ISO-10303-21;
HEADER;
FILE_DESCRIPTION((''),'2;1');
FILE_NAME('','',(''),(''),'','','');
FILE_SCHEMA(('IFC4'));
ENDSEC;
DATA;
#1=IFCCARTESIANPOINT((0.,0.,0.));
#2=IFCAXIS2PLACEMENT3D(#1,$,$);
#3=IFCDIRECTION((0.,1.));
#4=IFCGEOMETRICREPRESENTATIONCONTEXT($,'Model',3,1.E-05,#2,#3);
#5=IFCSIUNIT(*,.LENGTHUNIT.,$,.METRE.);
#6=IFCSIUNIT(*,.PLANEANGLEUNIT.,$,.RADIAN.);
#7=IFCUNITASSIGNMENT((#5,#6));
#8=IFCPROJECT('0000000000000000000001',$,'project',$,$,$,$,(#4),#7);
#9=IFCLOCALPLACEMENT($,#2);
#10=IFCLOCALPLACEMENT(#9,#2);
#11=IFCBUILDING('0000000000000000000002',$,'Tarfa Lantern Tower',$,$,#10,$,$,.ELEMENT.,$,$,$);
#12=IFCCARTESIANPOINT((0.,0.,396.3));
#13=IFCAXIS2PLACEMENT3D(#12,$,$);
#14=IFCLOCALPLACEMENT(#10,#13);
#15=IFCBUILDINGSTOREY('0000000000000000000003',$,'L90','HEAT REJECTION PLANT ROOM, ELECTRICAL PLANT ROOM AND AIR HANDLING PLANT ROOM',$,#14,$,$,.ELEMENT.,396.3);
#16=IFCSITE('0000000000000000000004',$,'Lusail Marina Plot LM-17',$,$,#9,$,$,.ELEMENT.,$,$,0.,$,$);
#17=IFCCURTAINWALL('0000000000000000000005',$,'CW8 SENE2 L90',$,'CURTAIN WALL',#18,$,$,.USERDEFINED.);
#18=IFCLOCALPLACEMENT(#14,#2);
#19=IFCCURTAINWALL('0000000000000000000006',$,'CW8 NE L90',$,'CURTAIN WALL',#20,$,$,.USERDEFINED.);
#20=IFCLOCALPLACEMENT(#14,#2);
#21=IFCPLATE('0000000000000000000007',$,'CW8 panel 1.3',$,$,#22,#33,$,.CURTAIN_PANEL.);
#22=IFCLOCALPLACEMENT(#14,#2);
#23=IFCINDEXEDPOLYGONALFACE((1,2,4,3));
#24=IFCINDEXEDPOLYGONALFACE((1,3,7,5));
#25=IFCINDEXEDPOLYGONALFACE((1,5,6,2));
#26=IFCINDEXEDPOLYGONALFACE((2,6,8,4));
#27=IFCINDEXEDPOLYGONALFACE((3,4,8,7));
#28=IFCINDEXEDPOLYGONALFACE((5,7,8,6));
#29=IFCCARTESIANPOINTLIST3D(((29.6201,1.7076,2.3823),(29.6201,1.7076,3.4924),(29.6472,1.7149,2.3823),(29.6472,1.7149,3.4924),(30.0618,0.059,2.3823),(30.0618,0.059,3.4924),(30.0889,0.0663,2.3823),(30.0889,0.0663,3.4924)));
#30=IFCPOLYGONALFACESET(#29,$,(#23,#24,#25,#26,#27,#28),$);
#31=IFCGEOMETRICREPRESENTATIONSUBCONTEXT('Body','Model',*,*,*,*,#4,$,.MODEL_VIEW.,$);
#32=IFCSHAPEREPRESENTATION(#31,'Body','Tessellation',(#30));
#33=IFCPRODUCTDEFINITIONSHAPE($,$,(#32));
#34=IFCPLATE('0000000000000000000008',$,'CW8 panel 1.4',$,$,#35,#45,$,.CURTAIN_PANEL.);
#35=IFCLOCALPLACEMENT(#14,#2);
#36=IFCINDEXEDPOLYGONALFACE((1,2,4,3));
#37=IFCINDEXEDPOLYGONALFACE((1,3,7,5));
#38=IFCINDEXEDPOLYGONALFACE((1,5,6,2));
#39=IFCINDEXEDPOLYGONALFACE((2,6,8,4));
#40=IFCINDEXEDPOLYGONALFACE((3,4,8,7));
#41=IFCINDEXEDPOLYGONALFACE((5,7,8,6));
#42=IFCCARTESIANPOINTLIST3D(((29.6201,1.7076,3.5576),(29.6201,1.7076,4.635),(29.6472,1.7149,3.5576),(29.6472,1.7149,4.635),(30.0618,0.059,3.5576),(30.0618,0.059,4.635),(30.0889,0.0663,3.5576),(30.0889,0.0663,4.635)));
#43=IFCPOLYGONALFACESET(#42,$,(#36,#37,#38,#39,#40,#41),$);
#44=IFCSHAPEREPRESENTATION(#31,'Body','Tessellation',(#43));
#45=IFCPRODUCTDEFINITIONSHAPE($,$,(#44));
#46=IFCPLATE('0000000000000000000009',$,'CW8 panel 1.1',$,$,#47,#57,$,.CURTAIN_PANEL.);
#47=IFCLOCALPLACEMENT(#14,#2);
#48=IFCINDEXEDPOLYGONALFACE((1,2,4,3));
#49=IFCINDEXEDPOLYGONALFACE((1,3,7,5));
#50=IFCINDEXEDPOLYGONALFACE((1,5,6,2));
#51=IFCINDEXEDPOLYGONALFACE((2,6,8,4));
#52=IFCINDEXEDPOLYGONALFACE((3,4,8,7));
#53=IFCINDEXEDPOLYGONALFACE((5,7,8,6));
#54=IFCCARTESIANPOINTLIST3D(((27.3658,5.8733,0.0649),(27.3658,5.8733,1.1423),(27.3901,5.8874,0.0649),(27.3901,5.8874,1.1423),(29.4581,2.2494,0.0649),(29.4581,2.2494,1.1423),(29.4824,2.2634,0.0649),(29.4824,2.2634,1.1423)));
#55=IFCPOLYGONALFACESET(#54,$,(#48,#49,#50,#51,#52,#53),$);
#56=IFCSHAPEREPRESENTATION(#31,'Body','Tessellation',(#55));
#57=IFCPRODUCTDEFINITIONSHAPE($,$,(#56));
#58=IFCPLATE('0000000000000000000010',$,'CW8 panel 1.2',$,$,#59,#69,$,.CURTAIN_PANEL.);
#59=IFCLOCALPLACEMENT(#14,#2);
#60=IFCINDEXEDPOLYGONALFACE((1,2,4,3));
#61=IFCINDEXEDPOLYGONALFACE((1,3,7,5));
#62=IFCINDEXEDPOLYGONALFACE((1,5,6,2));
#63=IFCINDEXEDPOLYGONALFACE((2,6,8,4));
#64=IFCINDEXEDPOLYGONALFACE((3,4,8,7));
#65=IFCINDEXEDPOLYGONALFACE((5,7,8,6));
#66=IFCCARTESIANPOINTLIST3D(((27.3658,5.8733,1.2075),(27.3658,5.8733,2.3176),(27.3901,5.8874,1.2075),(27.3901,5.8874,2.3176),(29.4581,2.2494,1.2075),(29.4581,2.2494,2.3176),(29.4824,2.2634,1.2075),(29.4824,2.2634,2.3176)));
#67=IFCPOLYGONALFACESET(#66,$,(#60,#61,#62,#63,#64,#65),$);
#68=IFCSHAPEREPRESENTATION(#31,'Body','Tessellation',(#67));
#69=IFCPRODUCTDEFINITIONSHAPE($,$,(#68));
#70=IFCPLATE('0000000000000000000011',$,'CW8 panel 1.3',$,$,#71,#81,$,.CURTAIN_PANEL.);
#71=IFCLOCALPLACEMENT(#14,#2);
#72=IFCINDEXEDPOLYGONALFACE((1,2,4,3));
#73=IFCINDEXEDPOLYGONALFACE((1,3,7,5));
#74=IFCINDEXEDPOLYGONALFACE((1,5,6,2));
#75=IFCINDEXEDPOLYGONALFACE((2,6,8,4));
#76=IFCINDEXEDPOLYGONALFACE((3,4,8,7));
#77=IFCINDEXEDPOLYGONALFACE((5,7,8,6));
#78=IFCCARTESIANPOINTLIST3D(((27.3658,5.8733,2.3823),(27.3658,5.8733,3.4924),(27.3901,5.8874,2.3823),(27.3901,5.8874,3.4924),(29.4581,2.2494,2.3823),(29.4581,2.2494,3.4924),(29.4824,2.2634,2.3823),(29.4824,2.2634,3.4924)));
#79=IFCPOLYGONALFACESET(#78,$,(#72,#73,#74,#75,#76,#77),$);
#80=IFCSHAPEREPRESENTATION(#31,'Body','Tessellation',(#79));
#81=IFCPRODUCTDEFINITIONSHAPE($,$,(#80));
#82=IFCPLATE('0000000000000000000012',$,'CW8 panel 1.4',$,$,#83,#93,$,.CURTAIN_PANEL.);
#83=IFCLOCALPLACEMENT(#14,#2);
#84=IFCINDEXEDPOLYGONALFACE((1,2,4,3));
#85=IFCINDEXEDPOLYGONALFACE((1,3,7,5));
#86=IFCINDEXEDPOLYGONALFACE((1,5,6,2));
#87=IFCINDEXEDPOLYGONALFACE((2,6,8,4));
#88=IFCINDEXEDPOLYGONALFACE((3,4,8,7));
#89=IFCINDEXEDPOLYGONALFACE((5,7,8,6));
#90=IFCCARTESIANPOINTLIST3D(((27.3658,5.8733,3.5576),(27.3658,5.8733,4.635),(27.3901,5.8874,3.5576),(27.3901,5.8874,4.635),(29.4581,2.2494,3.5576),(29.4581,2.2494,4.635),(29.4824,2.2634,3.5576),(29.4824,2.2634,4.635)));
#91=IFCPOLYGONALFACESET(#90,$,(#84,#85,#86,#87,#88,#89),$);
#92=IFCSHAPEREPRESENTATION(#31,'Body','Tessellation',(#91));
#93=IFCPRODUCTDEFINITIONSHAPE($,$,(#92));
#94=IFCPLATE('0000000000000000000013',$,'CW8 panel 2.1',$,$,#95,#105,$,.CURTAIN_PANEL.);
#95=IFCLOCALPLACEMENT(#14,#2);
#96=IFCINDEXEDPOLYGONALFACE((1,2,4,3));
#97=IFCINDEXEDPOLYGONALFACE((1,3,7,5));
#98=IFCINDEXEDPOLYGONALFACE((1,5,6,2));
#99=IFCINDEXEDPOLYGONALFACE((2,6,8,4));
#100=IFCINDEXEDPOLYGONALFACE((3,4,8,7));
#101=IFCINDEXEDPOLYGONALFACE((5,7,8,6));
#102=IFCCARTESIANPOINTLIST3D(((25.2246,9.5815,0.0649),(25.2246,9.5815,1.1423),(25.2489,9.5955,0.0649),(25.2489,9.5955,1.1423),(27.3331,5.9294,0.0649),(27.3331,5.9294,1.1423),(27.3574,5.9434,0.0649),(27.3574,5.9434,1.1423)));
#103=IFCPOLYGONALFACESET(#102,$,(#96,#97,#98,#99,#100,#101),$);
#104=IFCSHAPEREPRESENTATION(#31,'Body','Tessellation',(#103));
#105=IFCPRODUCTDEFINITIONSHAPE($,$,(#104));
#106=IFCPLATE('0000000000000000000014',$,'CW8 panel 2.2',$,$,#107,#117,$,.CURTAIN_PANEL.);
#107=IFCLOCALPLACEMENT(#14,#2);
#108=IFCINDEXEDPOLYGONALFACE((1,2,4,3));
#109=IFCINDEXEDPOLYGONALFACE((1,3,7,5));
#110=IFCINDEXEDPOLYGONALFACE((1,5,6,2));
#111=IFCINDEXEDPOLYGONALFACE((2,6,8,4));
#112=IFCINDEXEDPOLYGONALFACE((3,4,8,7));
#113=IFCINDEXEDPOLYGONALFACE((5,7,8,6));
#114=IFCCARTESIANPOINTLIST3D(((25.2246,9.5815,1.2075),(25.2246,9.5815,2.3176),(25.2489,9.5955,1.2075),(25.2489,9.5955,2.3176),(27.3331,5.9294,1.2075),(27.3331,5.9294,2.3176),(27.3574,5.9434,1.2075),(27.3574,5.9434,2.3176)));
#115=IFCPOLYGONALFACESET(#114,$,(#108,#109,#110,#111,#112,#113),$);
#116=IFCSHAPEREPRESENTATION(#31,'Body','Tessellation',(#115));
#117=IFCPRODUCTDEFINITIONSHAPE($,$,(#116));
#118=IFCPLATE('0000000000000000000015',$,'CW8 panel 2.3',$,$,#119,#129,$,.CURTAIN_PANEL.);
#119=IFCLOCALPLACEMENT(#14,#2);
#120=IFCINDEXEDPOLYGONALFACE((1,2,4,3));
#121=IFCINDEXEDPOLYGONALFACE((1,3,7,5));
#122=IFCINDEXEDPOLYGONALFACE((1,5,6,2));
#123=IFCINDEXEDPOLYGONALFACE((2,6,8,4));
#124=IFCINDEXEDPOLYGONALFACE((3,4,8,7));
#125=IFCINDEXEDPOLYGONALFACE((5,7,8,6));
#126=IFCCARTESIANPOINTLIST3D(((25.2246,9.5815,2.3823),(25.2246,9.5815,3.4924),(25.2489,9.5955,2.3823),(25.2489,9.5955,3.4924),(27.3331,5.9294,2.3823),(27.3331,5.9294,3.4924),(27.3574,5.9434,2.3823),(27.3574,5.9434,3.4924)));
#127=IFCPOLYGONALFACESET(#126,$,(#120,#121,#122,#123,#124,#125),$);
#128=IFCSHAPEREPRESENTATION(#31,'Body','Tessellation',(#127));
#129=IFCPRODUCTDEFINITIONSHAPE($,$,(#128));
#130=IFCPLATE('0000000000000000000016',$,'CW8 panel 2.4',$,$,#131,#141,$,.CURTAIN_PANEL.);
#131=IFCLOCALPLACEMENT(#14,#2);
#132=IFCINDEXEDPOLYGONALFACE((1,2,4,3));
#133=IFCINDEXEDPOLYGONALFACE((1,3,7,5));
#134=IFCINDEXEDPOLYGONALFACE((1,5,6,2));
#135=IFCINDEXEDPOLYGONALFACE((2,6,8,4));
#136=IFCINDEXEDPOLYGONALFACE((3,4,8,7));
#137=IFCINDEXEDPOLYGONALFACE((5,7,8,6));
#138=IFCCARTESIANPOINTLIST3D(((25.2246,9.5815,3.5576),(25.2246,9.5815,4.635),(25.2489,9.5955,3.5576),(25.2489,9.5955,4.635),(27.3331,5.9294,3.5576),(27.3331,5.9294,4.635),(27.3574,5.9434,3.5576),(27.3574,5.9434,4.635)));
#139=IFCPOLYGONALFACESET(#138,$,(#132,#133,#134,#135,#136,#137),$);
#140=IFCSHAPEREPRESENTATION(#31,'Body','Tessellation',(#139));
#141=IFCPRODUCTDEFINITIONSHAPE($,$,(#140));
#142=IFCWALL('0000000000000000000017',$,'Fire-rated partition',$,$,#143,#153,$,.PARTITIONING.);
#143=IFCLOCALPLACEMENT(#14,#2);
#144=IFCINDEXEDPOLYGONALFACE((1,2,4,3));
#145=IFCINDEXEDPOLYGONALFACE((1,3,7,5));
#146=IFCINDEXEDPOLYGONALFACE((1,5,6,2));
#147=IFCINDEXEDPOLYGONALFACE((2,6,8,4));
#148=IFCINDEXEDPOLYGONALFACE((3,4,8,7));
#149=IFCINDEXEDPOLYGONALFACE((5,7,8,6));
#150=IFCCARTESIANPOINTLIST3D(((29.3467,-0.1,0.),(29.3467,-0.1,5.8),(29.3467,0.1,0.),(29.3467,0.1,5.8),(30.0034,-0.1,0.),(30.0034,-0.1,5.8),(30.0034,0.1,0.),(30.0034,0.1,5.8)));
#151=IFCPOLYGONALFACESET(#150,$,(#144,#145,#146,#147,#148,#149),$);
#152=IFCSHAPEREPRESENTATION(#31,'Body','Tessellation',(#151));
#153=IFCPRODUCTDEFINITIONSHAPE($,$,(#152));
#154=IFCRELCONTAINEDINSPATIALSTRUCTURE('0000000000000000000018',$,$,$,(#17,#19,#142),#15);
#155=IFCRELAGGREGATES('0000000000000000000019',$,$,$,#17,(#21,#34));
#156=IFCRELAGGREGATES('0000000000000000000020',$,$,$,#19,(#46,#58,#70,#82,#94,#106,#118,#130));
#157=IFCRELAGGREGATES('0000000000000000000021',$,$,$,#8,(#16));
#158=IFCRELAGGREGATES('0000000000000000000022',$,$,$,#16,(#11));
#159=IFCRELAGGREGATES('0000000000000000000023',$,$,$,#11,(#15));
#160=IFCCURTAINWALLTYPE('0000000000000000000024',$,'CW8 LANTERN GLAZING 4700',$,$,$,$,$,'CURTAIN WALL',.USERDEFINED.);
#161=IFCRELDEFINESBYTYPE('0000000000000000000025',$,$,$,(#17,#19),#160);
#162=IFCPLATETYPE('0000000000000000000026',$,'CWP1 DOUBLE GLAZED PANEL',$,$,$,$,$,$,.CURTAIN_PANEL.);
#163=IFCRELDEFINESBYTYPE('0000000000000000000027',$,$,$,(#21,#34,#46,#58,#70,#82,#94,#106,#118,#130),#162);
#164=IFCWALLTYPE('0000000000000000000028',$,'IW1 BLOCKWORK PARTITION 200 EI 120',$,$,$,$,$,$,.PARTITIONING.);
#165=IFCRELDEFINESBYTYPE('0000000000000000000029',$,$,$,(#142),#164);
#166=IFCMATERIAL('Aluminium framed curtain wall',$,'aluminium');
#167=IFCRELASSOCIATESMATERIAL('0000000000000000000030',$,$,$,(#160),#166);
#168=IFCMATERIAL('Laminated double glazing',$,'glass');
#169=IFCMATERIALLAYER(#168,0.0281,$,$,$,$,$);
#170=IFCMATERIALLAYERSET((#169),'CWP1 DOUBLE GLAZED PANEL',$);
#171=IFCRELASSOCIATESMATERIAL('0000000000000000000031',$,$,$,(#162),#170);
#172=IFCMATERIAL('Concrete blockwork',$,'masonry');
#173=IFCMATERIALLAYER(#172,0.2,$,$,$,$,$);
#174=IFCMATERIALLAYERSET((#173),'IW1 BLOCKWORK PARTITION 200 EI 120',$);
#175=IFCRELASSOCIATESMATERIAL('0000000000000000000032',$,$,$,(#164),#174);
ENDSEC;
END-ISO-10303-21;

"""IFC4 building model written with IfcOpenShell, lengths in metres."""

from ifc_helpers import new_model, si_unit, direction, frame, frame_2d, origin, origin_2d, place, context, subcontext, project, spatial, rectangle, extrude, material, layer, layer_set, type_object, element, aggregate, save


model = new_model("IFC4")

# Units and contexts
model_context = context("Model", 3, precision=1e-05, world=origin(), true_north=direction((0.0, 1.0)))
body_context = subcontext(model_context, "Body", "Model", "MODEL_VIEW")
ifc_project = project(units=[si_unit("LENGTHUNIT", "METRE"), si_unit("PLANEANGLEUNIT", "RADIAN")], contexts=[model_context])

# Site, building, storey
site_placement = place(None, origin())
site = spatial("IfcSite", under=ifc_project, at=site_placement, Name="Lusail Marina Plot LM-17", CompositionType="ELEMENT", RefElevation=0.0)
building_placement = place(site_placement, origin())
building = spatial("IfcBuilding", under=site, at=building_placement, Name="Tarfa Lantern Tower", CompositionType="ELEMENT")
storey_placement = place(building_placement, frame((0.0, 0.0, 396.3)))
storey = spatial("IfcBuildingStorey", under=building, at=storey_placement, Name="L90", Description="HEAT REJECTION PLANT ROOM, ELECTRICAL PLANT ROOM AND AIR HANDLING PLANT ROOM", CompositionType="ELEMENT", Elevation=396.3)

# Curtain walls
ifc_material_1 = material(Name="Aluminium framed curtain wall", Category="aluminium")
curtain_wall_type = type_object("IfcCurtainWallType", Name="CW8 LANTERN GLAZING 4700", ElementType="CURTAIN WALL", PredefinedType="USERDEFINED", material=ifc_material_1)
curtain_wall_1_placement = place(storey_placement, origin())
curtain_wall_1 = element("IfcCurtainWall", 1, at=curtain_wall_1_placement, inside=storey, type_object=curtain_wall_type, Name="CW8 SENE2 L90", ObjectType="CURTAIN WALL", PredefinedType="USERDEFINED")
curtain_wall_2_placement = place(storey_placement, origin())
curtain_wall_2 = element("IfcCurtainWall", 2, at=curtain_wall_2_placement, inside=storey, type_object=curtain_wall_type, Name="CW8 NE L90", ObjectType="CURTAIN WALL", PredefinedType="USERDEFINED")

# Plates
ifc_material_2 = material(Name="Laminated double glazing", Category="glass")
ifc_layer_1 = layer(ifc_material_2, 0.0281)
ifc_layer_set_1 = layer_set([ifc_layer_1], Name="CWP1 DOUBLE GLAZED PANEL")
plate_type = type_object("IfcPlateType", Name="CWP1 DOUBLE GLAZED PANEL", PredefinedType="CURTAIN_PANEL", material=ifc_layer_set_1)
plate_1_placement = place(storey_placement, frame((29.8545, 0.887, 2.3823), z_axis=(0.0, 0.0, 1.0), x_axis=(-0.258819, 0.965926, 0.0)))
plate_1 = element("IfcPlate", 3, at=plate_1_placement, type_object=plate_type, Name="CW8 panel 1.3", PredefinedType="CURTAIN_PANEL", context=body_context, shape_type="SweptSolid", body=[
    extrude(rectangle(XDim=1.7068, YDim=0.0281, at=origin_2d()), origin(), (0.0, 0.0, 1.0), 1.1101),
])
plate_2_placement = place(storey_placement, frame((29.8545, 0.887, 3.5576), z_axis=(0.0, 0.0, 1.0), x_axis=(-0.258819, 0.965926, 0.0)))
plate_2 = element("IfcPlate", 4, at=plate_2_placement, type_object=plate_type, Name="CW8 panel 1.4", PredefinedType="CURTAIN_PANEL", context=body_context, shape_type="SweptSolid", body=[
    extrude(rectangle(XDim=1.7068, YDim=0.0281, at=origin_2d()), origin(), (0.0, 0.0, 1.0), 1.0774),
])
aggregate(curtain_wall_1, [plate_1, plate_2])
plate_3_placement = place(storey_placement, frame((28.4241, 4.0684, 0.0649), z_axis=(0.0, 0.0, 1.0), x_axis=(-0.5, 0.866025, 0.0)))
plate_3 = element("IfcPlate", 5, at=plate_3_placement, type_object=plate_type, Name="CW8 panel 1.1", PredefinedType="CURTAIN_PANEL", context=body_context, shape_type="SweptSolid", body=[
    extrude(rectangle(XDim=4.1846, YDim=0.0281, at=origin_2d()), origin(), (0.0, 0.0, 1.0), 1.0774),
])
plate_4_placement = place(storey_placement, frame((28.4241, 4.0684, 1.2075), z_axis=(0.0, 0.0, 1.0), x_axis=(-0.5, 0.866025, 0.0)))
plate_4 = element("IfcPlate", 6, at=plate_4_placement, type_object=plate_type, Name="CW8 panel 1.2", PredefinedType="CURTAIN_PANEL", context=body_context, shape_type="SweptSolid", body=[
    extrude(rectangle(XDim=4.1846, YDim=0.0281, at=origin_2d()), origin(), (0.0, 0.0, 1.0), 1.1101),
])
plate_5_placement = place(storey_placement, frame((28.4241, 4.0684, 2.3823), z_axis=(0.0, 0.0, 1.0), x_axis=(-0.5, 0.866025, 0.0)))
plate_5 = element("IfcPlate", 7, at=plate_5_placement, type_object=plate_type, Name="CW8 panel 1.3", PredefinedType="CURTAIN_PANEL", context=body_context, shape_type="SweptSolid", body=[
    extrude(rectangle(XDim=4.1846, YDim=0.0281, at=origin_2d()), origin(), (0.0, 0.0, 1.0), 1.1101),
])
plate_6_placement = place(storey_placement, frame((28.4241, 4.0684, 3.5576), z_axis=(0.0, 0.0, 1.0), x_axis=(-0.5, 0.866025, 0.0)))
plate_6 = element("IfcPlate", 8, at=plate_6_placement, type_object=plate_type, Name="CW8 panel 1.4", PredefinedType="CURTAIN_PANEL", context=body_context, shape_type="SweptSolid", body=[
    extrude(rectangle(XDim=4.1846, YDim=0.0281, at=origin_2d()), origin(), (0.0, 0.0, 1.0), 1.0774),
])
plate_7_placement = place(storey_placement, frame((26.291, 7.7625, 0.0649), z_axis=(0.0, 0.0, 1.0), x_axis=(-0.5, 0.866025, 0.0)))
plate_7 = element("IfcPlate", 9, at=plate_7_placement, type_object=plate_type, Name="CW8 panel 2.1", PredefinedType="CURTAIN_PANEL", context=body_context, shape_type="SweptSolid", body=[
    extrude(rectangle(XDim=4.217, YDim=0.0281, at=origin_2d()), origin(), (0.0, 0.0, 1.0), 1.0774),
])
plate_8_placement = place(storey_placement, frame((26.291, 7.7625, 1.2075), z_axis=(0.0, 0.0, 1.0), x_axis=(-0.5, 0.866025, 0.0)))
plate_8 = element("IfcPlate", 10, at=plate_8_placement, type_object=plate_type, Name="CW8 panel 2.2", PredefinedType="CURTAIN_PANEL", context=body_context, shape_type="SweptSolid", body=[
    extrude(rectangle(XDim=4.217, YDim=0.0281, at=origin_2d()), origin(), (0.0, 0.0, 1.0), 1.1101),
])
plate_9_placement = place(storey_placement, frame((26.291, 7.7625, 2.3823), z_axis=(0.0, 0.0, 1.0), x_axis=(-0.5, 0.866025, 0.0)))
plate_9 = element("IfcPlate", 11, at=plate_9_placement, type_object=plate_type, Name="CW8 panel 2.3", PredefinedType="CURTAIN_PANEL", context=body_context, shape_type="SweptSolid", body=[
    extrude(rectangle(XDim=4.217, YDim=0.0281, at=origin_2d()), origin(), (0.0, 0.0, 1.0), 1.1101),
])
plate_10_placement = place(storey_placement, frame((26.291, 7.7625, 3.5576), z_axis=(0.0, 0.0, 1.0), x_axis=(-0.5, 0.866025, 0.0)))
plate_10 = element("IfcPlate", 12, at=plate_10_placement, type_object=plate_type, Name="CW8 panel 2.4", PredefinedType="CURTAIN_PANEL", context=body_context, shape_type="SweptSolid", body=[
    extrude(rectangle(XDim=4.217, YDim=0.0281, at=origin_2d()), origin(), (0.0, 0.0, 1.0), 1.0774),
])
aggregate(curtain_wall_2, [plate_3, plate_4, plate_5, plate_6, plate_7, plate_8, plate_9, plate_10])

# Wall
ifc_material_3 = material(Name="Concrete blockwork", Category="masonry")
ifc_layer_2 = layer(ifc_material_3, 0.2)
ifc_layer_set_2 = layer_set([ifc_layer_2], Name="IW1 BLOCKWORK PARTITION 200 EI 120")
wall_type = type_object("IfcWallType", Name="IW1 BLOCKWORK PARTITION 200 EI 120", PredefinedType="PARTITIONING", material=ifc_layer_set_2)
wall_placement = place(storey_placement, frame((29.3467, 0.0, 0.0), z_axis=(0.0, 0.0, 1.0), x_axis=(1.0, 0.0, 0.0)))
element("IfcWall", 13, at=wall_placement, inside=storey, type_object=wall_type, Name="Fire-rated partition", PredefinedType="PARTITIONING", context=body_context, shape_type="SweptSolid", body=[
    extrude(rectangle(XDim=0.6567, YDim=0.2, at=frame_2d((0.3284, 0.0))), origin(), (0.0, 0.0, 1.0), 5.8),
])

save(model, "model.ifc")
